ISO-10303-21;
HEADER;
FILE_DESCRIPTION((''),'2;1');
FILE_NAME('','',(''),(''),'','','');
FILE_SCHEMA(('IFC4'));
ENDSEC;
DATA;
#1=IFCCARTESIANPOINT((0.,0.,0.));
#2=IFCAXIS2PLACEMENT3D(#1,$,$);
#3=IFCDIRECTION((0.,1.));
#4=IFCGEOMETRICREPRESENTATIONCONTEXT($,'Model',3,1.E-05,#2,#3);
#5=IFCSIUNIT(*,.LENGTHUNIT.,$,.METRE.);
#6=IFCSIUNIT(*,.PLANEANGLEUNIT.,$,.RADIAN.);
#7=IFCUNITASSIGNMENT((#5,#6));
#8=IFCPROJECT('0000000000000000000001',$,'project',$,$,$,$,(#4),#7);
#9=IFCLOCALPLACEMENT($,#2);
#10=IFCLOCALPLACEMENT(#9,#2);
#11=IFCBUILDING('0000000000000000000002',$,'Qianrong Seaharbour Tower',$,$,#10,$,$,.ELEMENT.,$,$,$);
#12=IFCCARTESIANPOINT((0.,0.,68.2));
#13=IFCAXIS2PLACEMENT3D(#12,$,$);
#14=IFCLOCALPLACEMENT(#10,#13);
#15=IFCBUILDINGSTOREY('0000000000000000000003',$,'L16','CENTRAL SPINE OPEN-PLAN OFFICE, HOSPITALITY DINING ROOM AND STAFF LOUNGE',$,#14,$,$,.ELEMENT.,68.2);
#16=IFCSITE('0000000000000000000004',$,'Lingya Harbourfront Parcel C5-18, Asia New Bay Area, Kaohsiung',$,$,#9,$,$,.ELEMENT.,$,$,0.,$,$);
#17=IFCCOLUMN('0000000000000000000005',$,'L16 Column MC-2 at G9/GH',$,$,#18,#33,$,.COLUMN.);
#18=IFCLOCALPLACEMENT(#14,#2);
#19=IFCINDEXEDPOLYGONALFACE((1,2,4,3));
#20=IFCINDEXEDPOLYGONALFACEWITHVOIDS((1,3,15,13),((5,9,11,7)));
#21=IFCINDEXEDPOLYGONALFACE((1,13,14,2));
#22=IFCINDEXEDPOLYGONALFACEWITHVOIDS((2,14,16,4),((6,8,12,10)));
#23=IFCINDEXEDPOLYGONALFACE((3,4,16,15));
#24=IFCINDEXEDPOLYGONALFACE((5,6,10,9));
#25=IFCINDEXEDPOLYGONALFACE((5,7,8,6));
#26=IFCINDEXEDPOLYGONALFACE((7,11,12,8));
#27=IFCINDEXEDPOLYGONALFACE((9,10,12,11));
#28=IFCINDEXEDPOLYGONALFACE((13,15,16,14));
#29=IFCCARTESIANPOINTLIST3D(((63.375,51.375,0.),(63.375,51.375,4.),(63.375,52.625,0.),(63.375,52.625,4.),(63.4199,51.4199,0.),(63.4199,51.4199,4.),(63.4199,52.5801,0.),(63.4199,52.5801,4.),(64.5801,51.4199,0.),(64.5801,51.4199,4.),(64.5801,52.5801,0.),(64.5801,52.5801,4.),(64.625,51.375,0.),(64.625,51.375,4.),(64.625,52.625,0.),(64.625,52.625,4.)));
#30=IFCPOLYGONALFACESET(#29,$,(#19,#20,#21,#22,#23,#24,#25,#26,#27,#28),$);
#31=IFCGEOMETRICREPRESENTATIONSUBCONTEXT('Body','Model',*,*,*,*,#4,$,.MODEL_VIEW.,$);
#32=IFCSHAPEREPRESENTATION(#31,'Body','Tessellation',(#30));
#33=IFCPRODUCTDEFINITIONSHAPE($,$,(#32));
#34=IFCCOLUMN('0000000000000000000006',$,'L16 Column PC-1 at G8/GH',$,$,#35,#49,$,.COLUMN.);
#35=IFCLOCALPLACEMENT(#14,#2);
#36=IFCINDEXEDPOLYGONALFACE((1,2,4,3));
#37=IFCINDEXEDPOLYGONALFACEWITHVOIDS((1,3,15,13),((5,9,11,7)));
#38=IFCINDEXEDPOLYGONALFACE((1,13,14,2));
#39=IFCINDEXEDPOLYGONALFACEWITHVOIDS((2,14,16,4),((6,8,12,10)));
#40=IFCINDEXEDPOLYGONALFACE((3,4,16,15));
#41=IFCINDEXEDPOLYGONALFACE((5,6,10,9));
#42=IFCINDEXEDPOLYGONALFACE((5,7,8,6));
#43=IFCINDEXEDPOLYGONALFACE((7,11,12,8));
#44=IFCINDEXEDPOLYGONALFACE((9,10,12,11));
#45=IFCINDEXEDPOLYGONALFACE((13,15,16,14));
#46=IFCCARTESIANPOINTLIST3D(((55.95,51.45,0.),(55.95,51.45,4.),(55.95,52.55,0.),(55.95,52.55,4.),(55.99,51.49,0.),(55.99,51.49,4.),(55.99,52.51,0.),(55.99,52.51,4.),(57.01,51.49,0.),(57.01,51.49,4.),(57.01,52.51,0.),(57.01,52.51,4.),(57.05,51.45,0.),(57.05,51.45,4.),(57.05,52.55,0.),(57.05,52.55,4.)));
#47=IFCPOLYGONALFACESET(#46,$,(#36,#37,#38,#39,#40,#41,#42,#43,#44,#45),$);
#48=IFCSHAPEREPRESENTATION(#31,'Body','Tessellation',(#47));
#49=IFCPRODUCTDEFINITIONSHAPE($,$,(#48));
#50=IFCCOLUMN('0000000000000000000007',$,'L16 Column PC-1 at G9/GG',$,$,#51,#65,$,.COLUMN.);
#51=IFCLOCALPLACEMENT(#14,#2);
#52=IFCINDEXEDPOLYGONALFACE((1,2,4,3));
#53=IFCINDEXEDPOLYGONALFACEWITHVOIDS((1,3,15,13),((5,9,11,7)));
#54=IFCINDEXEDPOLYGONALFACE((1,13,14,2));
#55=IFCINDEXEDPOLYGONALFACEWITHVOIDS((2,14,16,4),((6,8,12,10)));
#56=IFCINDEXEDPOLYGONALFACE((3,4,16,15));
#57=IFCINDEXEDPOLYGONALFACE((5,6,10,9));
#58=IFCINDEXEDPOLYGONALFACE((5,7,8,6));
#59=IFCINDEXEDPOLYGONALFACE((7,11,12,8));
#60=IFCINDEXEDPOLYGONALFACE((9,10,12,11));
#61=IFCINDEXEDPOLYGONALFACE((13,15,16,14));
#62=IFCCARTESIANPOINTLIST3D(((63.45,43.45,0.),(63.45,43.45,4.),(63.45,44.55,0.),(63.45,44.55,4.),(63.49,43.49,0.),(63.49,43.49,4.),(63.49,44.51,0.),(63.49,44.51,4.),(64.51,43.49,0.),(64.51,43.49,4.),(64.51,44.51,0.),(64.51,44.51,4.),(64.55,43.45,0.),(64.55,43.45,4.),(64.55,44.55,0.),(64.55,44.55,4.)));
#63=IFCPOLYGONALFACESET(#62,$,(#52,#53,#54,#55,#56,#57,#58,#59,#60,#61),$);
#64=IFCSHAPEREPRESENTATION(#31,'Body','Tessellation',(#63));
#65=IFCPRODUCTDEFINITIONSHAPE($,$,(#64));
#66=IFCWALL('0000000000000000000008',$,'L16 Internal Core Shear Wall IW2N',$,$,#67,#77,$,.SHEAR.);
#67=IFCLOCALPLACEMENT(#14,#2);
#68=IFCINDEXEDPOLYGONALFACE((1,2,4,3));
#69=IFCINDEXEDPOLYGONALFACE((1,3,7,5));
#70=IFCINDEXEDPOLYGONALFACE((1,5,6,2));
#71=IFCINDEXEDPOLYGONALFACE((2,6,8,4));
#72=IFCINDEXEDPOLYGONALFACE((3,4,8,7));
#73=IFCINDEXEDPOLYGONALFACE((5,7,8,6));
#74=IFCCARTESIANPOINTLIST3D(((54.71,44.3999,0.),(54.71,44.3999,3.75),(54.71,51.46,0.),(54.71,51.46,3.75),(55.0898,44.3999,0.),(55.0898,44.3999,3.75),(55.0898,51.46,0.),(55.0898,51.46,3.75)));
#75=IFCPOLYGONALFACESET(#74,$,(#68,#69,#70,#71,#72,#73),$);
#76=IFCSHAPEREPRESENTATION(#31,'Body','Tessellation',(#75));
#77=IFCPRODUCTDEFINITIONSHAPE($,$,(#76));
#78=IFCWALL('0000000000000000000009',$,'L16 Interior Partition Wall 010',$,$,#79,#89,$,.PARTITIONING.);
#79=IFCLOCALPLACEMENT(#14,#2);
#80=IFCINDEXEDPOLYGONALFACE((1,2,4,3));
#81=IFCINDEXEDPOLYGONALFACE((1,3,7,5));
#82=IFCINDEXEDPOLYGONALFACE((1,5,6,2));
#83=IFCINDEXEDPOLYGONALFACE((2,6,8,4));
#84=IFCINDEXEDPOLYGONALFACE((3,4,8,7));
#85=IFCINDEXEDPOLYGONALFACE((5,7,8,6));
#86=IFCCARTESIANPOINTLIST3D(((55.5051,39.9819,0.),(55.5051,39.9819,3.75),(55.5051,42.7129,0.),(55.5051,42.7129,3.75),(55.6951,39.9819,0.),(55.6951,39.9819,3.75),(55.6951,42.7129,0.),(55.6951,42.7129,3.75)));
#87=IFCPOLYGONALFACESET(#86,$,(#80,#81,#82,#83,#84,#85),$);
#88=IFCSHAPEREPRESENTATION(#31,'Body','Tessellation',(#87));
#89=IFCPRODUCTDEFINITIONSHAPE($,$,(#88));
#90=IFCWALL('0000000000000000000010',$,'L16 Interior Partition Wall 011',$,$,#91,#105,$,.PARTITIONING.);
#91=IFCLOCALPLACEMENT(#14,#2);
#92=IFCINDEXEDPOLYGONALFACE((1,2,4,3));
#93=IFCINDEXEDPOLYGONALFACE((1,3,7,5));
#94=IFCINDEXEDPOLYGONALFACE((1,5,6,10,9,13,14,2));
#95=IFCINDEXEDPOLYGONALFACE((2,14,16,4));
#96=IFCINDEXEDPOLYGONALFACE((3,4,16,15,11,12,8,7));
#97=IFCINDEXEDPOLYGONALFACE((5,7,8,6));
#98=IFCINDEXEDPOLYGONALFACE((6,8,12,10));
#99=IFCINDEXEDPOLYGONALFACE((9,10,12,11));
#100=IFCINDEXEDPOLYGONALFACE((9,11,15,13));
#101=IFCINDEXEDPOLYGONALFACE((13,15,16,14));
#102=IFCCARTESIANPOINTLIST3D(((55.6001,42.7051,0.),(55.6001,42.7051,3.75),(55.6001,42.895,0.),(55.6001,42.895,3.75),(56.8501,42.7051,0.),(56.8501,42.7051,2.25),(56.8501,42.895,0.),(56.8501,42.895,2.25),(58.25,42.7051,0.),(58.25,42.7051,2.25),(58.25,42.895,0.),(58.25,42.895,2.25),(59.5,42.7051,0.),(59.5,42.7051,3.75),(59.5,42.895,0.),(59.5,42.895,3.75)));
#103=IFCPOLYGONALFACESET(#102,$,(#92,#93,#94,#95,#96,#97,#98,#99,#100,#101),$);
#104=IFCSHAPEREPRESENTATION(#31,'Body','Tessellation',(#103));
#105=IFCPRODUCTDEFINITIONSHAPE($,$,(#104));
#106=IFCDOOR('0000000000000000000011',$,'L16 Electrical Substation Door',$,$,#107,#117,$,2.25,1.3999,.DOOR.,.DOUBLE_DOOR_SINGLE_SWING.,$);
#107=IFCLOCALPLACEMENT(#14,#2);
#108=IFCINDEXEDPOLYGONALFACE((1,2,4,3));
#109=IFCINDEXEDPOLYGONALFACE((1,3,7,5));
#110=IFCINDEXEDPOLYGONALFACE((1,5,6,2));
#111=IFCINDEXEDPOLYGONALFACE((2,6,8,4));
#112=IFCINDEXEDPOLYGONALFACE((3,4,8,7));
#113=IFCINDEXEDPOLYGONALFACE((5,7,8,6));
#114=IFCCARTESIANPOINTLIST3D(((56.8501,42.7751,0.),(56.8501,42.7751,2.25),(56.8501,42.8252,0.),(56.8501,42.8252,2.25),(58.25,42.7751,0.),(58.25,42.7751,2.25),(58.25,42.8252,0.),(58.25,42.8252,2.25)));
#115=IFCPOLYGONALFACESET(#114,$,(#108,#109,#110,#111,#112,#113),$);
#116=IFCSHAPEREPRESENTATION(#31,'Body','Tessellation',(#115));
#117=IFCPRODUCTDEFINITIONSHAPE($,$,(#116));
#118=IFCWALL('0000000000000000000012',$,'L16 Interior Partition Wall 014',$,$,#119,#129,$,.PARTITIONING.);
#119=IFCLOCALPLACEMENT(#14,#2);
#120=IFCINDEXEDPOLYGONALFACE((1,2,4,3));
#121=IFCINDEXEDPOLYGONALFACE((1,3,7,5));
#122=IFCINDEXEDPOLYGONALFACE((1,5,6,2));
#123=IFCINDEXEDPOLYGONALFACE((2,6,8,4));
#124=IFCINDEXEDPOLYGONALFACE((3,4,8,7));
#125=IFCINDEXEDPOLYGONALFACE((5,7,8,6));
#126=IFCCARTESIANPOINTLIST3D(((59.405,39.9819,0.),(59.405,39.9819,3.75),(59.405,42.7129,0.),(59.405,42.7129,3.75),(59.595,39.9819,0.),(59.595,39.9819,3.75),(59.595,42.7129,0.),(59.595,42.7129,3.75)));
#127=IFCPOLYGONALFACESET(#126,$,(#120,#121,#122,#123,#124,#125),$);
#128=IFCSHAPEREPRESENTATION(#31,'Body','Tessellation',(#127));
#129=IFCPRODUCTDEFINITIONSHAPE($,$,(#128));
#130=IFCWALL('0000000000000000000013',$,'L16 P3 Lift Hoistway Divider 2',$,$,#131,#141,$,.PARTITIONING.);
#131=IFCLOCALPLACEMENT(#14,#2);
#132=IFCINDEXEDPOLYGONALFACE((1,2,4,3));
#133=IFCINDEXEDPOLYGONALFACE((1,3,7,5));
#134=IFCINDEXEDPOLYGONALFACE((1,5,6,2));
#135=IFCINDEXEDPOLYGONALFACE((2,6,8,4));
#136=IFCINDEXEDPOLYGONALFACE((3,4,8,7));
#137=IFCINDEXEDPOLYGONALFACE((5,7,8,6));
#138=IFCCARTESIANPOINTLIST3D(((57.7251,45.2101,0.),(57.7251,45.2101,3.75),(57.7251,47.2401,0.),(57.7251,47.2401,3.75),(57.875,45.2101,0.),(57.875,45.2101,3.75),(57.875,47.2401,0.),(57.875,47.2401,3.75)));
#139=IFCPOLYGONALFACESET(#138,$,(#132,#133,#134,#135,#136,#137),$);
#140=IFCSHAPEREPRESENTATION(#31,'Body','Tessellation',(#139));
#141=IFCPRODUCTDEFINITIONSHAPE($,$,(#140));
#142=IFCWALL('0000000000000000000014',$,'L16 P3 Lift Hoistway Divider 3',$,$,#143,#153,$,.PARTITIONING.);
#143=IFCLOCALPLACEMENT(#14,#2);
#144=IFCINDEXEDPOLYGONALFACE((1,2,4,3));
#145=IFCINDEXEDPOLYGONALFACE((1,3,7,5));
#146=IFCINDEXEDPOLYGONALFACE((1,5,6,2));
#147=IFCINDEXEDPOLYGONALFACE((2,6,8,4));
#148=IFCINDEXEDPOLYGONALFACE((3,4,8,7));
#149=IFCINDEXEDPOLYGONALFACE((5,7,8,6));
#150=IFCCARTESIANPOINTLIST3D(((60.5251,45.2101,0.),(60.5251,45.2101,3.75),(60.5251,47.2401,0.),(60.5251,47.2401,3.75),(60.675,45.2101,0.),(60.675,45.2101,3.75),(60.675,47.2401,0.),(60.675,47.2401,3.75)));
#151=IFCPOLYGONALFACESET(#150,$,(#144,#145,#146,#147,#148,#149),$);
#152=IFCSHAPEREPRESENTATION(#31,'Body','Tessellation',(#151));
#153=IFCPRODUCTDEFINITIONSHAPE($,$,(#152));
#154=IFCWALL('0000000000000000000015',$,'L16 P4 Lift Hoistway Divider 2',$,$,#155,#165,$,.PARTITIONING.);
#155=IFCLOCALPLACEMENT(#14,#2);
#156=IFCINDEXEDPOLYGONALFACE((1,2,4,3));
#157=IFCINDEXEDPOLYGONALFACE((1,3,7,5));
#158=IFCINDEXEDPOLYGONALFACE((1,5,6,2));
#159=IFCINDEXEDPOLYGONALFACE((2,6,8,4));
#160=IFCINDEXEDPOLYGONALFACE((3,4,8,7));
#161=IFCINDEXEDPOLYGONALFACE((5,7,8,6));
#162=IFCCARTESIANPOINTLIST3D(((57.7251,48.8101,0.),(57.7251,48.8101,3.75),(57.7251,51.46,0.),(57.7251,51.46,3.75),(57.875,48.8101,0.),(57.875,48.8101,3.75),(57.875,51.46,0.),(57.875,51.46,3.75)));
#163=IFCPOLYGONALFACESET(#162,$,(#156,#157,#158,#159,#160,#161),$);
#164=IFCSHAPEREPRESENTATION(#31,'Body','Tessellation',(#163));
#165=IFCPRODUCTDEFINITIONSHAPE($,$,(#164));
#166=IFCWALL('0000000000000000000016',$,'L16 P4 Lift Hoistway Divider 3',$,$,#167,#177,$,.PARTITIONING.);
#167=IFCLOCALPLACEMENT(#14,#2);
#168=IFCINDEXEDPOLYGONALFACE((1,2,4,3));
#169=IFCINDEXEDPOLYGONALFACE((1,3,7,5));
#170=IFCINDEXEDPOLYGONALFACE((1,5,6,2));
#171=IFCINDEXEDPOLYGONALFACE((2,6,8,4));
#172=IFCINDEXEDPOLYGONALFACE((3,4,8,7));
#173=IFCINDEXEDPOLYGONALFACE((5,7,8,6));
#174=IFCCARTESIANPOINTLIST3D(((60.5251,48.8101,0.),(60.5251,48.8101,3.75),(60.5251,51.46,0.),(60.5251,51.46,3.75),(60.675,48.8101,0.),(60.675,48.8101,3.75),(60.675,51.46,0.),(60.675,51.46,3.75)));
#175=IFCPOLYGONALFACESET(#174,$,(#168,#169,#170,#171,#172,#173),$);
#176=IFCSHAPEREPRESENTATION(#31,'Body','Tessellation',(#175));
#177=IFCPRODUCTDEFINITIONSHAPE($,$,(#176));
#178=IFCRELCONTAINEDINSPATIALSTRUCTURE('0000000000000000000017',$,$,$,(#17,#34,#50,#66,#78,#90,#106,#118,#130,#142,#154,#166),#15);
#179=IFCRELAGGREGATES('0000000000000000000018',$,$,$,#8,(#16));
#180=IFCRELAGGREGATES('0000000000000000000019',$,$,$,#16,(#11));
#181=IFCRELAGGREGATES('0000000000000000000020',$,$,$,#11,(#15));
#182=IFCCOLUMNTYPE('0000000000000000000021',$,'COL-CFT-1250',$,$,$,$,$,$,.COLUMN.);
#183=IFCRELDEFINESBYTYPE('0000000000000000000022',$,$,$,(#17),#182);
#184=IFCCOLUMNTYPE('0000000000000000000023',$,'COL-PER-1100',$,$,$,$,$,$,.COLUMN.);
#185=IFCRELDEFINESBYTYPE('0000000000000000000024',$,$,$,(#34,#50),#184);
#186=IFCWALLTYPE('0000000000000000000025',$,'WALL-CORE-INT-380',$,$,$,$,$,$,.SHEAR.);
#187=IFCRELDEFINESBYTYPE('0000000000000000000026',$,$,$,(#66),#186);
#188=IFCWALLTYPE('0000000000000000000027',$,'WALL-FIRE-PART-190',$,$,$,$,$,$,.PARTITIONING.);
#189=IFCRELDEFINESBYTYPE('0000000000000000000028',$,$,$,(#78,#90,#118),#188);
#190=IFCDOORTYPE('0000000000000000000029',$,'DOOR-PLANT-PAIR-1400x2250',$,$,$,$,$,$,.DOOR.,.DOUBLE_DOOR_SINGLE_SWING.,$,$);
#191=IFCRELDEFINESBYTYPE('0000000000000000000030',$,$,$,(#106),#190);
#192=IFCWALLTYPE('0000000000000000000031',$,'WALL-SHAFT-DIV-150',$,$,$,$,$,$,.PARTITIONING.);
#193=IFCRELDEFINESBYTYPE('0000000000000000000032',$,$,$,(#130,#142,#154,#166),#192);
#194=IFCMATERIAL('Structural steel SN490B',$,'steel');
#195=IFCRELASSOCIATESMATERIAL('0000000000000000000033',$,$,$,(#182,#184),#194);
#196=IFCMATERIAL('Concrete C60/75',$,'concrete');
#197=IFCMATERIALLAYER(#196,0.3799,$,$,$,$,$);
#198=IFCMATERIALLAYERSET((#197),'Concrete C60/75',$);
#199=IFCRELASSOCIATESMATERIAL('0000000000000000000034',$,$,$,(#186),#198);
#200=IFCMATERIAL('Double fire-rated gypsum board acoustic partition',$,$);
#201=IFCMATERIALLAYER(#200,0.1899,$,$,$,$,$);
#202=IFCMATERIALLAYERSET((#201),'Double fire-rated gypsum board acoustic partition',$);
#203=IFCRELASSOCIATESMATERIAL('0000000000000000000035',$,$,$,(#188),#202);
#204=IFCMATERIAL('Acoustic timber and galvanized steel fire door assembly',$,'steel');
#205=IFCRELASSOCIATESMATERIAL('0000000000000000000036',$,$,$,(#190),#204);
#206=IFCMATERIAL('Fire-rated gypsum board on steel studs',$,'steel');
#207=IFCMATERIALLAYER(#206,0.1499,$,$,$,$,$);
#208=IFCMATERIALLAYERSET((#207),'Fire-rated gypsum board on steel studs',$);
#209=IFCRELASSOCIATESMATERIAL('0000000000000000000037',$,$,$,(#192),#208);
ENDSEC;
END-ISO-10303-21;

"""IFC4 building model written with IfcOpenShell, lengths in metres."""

from ifc_helpers import new_model, si_unit, direction, frame, frame_2d, origin, origin_2d, place, context, subcontext, project, spatial, rectangle, hollow_rectangle, extrude, material, layer, layer_set, material_profile, profile_set, type_object, element, fill, save


model = new_model("IFC4")

# Units and contexts
model_context = context("Model", 3, precision=1e-05, world=origin(), true_north=direction((0.0, 1.0)))
body_context = subcontext(model_context, "Body", "Model", "MODEL_VIEW")
ifc_project = project(units=[si_unit("LENGTHUNIT", "METRE"), si_unit("PLANEANGLEUNIT", "RADIAN")], contexts=[model_context])

# Site, building, storey
site_placement = place(None, origin())
site = spatial("IfcSite", under=ifc_project, at=site_placement, Name="Lingya Harbourfront Parcel C5-18, Asia New Bay Area, Kaohsiung", CompositionType="ELEMENT", RefElevation=0.0)
building_placement = place(site_placement, origin())
building = spatial("IfcBuilding", under=site, at=building_placement, Name="Qianrong Seaharbour Tower", CompositionType="ELEMENT")
storey_placement = place(building_placement, frame((0.0, 0.0, 68.2)))
storey = spatial("IfcBuildingStorey", under=building, at=storey_placement, Name="L16", Description="CENTRAL SPINE OPEN-PLAN OFFICE, HOSPITALITY DINING ROOM AND STAFF LOUNGE", CompositionType="ELEMENT", Elevation=68.2)

# Columns
ifc_material_1 = material(Name="Structural steel SN490B", Category="steel")
ifc_material_profile_1 = material_profile(ifc_material_1, hollow_rectangle(XDim=1.25, YDim=1.25, WallThickness=0.0449, at=origin_2d()), Name="BOX1250x1250x45")
ifc_profile_set_1 = profile_set([ifc_material_profile_1], Name="Structural steel SN490B")
column_type_1 = type_object("IfcColumnType", Name="COL-CFT-1250", PredefinedType="COLUMN", material=ifc_profile_set_1)
column_placement = place(storey_placement, frame((64.0, 52.0, 0.0), z_axis=(0.0, 0.0, 1.0), x_axis=(1.0, 0.0, 0.0)))
element("IfcColumn", 1, at=column_placement, inside=storey, type_object=column_type_1, Name="L16 Column MC-2 at G9/GH", PredefinedType="COLUMN", context=body_context, shape_type="SweptSolid", body=[
    extrude(hollow_rectangle(XDim=1.25, YDim=1.25, WallThickness=0.0449, at=origin_2d()), origin(), (0.0, 0.0, 1.0), 4.0),
])
ifc_material_profile_2 = material_profile(ifc_material_1, hollow_rectangle(XDim=1.1001, YDim=1.1001, WallThickness=0.04, at=origin_2d()), Name="BOX1100x1100x40")
ifc_profile_set_2 = profile_set([ifc_material_profile_2], Name="Structural steel SN490B")
column_type_2 = type_object("IfcColumnType", Name="COL-PER-1100", PredefinedType="COLUMN", material=ifc_profile_set_2)
for number, where, z_axis, x_axis, name in (
    (2, (56.5, 52.0, 0.0), (0.0, 0.0, 1.0), (1.0, 0.0, 0.0), "L16 Column PC-1 at G8/GH"),
    (3, (64.0, 44.0, 0.0), (0.0, 0.0, 1.0), (1.0, 0.0, 0.0), "L16 Column PC-1 at G9/GG"),
):
    element("IfcColumn", number, at=place(storey_placement, frame(where, z_axis=z_axis, x_axis=x_axis)), inside=storey, type_object=column_type_2, Name=name, PredefinedType="COLUMN", context=body_context, shape_type="SweptSolid", body=[
        extrude(hollow_rectangle(XDim=1.1001, YDim=1.1001, WallThickness=0.04, at=origin_2d()), origin(), (0.0, 0.0, 1.0), 4.0),
    ])

# Wall
ifc_material_2 = material(Name="Concrete C60/75", Category="concrete")
ifc_layer_1 = layer(ifc_material_2, 0.3799)
ifc_layer_set_1 = layer_set([ifc_layer_1], Name="Concrete C60/75")
wall_type_1 = type_object("IfcWallType", Name="WALL-CORE-INT-380", PredefinedType="SHEAR", material=ifc_layer_set_1)
wall_1_placement = place(storey_placement, frame((54.8999, 44.3999, 0.0), z_axis=(0.0, 0.0, 1.0), x_axis=(0.0, 1.0, 0.0)))
element("IfcWall", 4, at=wall_1_placement, inside=storey, type_object=wall_type_1, Name="L16 Internal Core Shear Wall IW2N", PredefinedType="SHEAR", context=body_context, shape_type="SweptSolid", body=[
    extrude(rectangle(XDim=7.0601, YDim=0.3799, at=frame_2d((3.53, 0.0))), origin(), (0.0, 0.0, 1.0), 3.75),
])

# Shared definitions
ifc_material_3 = material(Name="Acoustic timber and galvanized steel fire door assembly", Category="steel")

# Wall
ifc_material_4 = material(Name="Double fire-rated gypsum board acoustic partition")
ifc_layer_2 = layer(ifc_material_4, 0.1899)
ifc_layer_set_2 = layer_set([ifc_layer_2], Name="Double fire-rated gypsum board acoustic partition")
wall_type_2 = type_object("IfcWallType", Name="WALL-FIRE-PART-190", PredefinedType="PARTITIONING", material=ifc_layer_set_2)
wall_2_placement = place(storey_placement, frame((55.6001, 42.7129, 0.0), z_axis=(0.0, 0.0, 1.0), x_axis=(0.0, -1.0, 0.0)))
element("IfcWall", 5, at=wall_2_placement, inside=storey, type_object=wall_type_2, Name="L16 Interior Partition Wall 010", PredefinedType="PARTITIONING", context=body_context, shape_type="SweptSolid", body=[
    extrude(rectangle(XDim=2.731, YDim=0.1899, at=frame_2d((1.3655, 0.0))), origin(), (0.0, 0.0, 1.0), 3.75),
])

# Wall, opening, door
wall_3_placement = place(storey_placement, frame((59.5, 42.8, 0.0), z_axis=(0.0, 0.0, 1.0), x_axis=(-1.0, 0.0, 0.0)))
wall_3 = element("IfcWall", 6, at=wall_3_placement, inside=storey, type_object=wall_type_2, Name="L16 Interior Partition Wall 011", PredefinedType="PARTITIONING", context=body_context, shape_type="SweptSolid", body=[
    extrude(rectangle(XDim=3.8999, YDim=0.1899, at=frame_2d((1.95, 0.0))), origin(), (0.0, 0.0, 1.0), 3.75),
])
opening_1_placement = place(wall_3_placement, frame((1.25, 0.0, 0.0)))
opening_1 = element("IfcOpeningElement", 7, at=opening_1_placement, cuts=wall_3, PredefinedType="OPENING", context=body_context, shape_type="SweptSolid", body=[
    extrude(rectangle(XDim=1.3999, YDim=2.25, at=frame_2d((0.7, 1.125))), frame((0.0, 0.105, 0.0), z_axis=(0.0, -1.0, 0.0), x_axis=(1.0, 0.0, 0.0)), (0.0, 0.0, 1.0), 0.21),
])
door_type_1 = type_object("IfcDoorType", Name="DOOR-PLANT-PAIR-1400x2250", OperationType="DOUBLE_DOOR_SINGLE_SWING", PredefinedType="DOOR", material=ifc_material_3)
door_1_placement = place(opening_1_placement, origin())
door_1 = element("IfcDoor", 8, at=door_1_placement, inside=storey, type_object=door_type_1, Name="L16 Electrical Substation Door", OperationType="DOUBLE_DOOR_SINGLE_SWING", OverallHeight=2.25, OverallWidth=1.3999, PredefinedType="DOOR", context=body_context, shape_type="SweptSolid", body=[
    extrude(rectangle(XDim=1.3999, YDim=2.25, at=frame_2d((0.7, 1.125))), frame((0.0, 0.0249, 0.0), z_axis=(0.0, -1.0, 0.0), x_axis=(1.0, 0.0, 0.0)), (0.0, 0.0, 1.0), 0.05),
])
fill(opening_1, door_1)

# Walls
wall_4_placement = place(storey_placement, frame((59.5, 42.7129, 0.0), z_axis=(0.0, 0.0, 1.0), x_axis=(0.0, -1.0, 0.0)))
element("IfcWall", 9, at=wall_4_placement, inside=storey, type_object=wall_type_2, Name="L16 Interior Partition Wall 014", PredefinedType="PARTITIONING", context=body_context, shape_type="SweptSolid", body=[
    extrude(rectangle(XDim=2.731, YDim=0.1899, at=frame_2d((1.3655, 0.0))), origin(), (0.0, 0.0, 1.0), 3.75),
])
ifc_material_5 = material(Name="Fire-rated gypsum board on steel studs", Category="steel")
ifc_layer_3 = layer(ifc_material_5, 0.1499)
ifc_layer_set_3 = layer_set([ifc_layer_3], Name="Fire-rated gypsum board on steel studs")
wall_type_3 = type_object("IfcWallType", Name="WALL-SHAFT-DIV-150", PredefinedType="PARTITIONING", material=ifc_layer_set_3)
for number, where, z_axis, x_axis, name in (
    (10, (57.8, 45.21, 0.0), (0.0, 0.0, 1.0), (0.0, 1.0, 0.0), "L16 P3 Lift Hoistway Divider 2"),
    (11, (60.6001, 45.21, 0.0), (0.0, 0.0, 1.0), (0.0, 1.0, 0.0), "L16 P3 Lift Hoistway Divider 3"),
):
    element("IfcWall", number, at=place(storey_placement, frame(where, z_axis=z_axis, x_axis=x_axis)), inside=storey, type_object=wall_type_3, Name=name, PredefinedType="PARTITIONING", context=body_context, shape_type="SweptSolid", body=[
        extrude(rectangle(XDim=2.03, YDim=0.1499, at=frame_2d((1.0151, 0.0))), origin(), (0.0, 0.0, 1.0), 3.75),
    ])
for number, where, z_axis, x_axis, name in (
    (12, (57.8, 48.8101, 0.0), (0.0, 0.0, 1.0), (0.0, 1.0, 0.0), "L16 P4 Lift Hoistway Divider 2"),
    (13, (60.6001, 48.8101, 0.0), (0.0, 0.0, 1.0), (0.0, 1.0, 0.0), "L16 P4 Lift Hoistway Divider 3"),
):
    element("IfcWall", number, at=place(storey_placement, frame(where, z_axis=z_axis, x_axis=x_axis)), inside=storey, type_object=wall_type_3, Name=name, PredefinedType="PARTITIONING", context=body_context, shape_type="SweptSolid", body=[
        extrude(rectangle(XDim=2.6499, YDim=0.1499, at=frame_2d((1.325, 0.0))), origin(), (0.0, 0.0, 1.0), 3.75),
    ])

save(model, "model.ifc")
